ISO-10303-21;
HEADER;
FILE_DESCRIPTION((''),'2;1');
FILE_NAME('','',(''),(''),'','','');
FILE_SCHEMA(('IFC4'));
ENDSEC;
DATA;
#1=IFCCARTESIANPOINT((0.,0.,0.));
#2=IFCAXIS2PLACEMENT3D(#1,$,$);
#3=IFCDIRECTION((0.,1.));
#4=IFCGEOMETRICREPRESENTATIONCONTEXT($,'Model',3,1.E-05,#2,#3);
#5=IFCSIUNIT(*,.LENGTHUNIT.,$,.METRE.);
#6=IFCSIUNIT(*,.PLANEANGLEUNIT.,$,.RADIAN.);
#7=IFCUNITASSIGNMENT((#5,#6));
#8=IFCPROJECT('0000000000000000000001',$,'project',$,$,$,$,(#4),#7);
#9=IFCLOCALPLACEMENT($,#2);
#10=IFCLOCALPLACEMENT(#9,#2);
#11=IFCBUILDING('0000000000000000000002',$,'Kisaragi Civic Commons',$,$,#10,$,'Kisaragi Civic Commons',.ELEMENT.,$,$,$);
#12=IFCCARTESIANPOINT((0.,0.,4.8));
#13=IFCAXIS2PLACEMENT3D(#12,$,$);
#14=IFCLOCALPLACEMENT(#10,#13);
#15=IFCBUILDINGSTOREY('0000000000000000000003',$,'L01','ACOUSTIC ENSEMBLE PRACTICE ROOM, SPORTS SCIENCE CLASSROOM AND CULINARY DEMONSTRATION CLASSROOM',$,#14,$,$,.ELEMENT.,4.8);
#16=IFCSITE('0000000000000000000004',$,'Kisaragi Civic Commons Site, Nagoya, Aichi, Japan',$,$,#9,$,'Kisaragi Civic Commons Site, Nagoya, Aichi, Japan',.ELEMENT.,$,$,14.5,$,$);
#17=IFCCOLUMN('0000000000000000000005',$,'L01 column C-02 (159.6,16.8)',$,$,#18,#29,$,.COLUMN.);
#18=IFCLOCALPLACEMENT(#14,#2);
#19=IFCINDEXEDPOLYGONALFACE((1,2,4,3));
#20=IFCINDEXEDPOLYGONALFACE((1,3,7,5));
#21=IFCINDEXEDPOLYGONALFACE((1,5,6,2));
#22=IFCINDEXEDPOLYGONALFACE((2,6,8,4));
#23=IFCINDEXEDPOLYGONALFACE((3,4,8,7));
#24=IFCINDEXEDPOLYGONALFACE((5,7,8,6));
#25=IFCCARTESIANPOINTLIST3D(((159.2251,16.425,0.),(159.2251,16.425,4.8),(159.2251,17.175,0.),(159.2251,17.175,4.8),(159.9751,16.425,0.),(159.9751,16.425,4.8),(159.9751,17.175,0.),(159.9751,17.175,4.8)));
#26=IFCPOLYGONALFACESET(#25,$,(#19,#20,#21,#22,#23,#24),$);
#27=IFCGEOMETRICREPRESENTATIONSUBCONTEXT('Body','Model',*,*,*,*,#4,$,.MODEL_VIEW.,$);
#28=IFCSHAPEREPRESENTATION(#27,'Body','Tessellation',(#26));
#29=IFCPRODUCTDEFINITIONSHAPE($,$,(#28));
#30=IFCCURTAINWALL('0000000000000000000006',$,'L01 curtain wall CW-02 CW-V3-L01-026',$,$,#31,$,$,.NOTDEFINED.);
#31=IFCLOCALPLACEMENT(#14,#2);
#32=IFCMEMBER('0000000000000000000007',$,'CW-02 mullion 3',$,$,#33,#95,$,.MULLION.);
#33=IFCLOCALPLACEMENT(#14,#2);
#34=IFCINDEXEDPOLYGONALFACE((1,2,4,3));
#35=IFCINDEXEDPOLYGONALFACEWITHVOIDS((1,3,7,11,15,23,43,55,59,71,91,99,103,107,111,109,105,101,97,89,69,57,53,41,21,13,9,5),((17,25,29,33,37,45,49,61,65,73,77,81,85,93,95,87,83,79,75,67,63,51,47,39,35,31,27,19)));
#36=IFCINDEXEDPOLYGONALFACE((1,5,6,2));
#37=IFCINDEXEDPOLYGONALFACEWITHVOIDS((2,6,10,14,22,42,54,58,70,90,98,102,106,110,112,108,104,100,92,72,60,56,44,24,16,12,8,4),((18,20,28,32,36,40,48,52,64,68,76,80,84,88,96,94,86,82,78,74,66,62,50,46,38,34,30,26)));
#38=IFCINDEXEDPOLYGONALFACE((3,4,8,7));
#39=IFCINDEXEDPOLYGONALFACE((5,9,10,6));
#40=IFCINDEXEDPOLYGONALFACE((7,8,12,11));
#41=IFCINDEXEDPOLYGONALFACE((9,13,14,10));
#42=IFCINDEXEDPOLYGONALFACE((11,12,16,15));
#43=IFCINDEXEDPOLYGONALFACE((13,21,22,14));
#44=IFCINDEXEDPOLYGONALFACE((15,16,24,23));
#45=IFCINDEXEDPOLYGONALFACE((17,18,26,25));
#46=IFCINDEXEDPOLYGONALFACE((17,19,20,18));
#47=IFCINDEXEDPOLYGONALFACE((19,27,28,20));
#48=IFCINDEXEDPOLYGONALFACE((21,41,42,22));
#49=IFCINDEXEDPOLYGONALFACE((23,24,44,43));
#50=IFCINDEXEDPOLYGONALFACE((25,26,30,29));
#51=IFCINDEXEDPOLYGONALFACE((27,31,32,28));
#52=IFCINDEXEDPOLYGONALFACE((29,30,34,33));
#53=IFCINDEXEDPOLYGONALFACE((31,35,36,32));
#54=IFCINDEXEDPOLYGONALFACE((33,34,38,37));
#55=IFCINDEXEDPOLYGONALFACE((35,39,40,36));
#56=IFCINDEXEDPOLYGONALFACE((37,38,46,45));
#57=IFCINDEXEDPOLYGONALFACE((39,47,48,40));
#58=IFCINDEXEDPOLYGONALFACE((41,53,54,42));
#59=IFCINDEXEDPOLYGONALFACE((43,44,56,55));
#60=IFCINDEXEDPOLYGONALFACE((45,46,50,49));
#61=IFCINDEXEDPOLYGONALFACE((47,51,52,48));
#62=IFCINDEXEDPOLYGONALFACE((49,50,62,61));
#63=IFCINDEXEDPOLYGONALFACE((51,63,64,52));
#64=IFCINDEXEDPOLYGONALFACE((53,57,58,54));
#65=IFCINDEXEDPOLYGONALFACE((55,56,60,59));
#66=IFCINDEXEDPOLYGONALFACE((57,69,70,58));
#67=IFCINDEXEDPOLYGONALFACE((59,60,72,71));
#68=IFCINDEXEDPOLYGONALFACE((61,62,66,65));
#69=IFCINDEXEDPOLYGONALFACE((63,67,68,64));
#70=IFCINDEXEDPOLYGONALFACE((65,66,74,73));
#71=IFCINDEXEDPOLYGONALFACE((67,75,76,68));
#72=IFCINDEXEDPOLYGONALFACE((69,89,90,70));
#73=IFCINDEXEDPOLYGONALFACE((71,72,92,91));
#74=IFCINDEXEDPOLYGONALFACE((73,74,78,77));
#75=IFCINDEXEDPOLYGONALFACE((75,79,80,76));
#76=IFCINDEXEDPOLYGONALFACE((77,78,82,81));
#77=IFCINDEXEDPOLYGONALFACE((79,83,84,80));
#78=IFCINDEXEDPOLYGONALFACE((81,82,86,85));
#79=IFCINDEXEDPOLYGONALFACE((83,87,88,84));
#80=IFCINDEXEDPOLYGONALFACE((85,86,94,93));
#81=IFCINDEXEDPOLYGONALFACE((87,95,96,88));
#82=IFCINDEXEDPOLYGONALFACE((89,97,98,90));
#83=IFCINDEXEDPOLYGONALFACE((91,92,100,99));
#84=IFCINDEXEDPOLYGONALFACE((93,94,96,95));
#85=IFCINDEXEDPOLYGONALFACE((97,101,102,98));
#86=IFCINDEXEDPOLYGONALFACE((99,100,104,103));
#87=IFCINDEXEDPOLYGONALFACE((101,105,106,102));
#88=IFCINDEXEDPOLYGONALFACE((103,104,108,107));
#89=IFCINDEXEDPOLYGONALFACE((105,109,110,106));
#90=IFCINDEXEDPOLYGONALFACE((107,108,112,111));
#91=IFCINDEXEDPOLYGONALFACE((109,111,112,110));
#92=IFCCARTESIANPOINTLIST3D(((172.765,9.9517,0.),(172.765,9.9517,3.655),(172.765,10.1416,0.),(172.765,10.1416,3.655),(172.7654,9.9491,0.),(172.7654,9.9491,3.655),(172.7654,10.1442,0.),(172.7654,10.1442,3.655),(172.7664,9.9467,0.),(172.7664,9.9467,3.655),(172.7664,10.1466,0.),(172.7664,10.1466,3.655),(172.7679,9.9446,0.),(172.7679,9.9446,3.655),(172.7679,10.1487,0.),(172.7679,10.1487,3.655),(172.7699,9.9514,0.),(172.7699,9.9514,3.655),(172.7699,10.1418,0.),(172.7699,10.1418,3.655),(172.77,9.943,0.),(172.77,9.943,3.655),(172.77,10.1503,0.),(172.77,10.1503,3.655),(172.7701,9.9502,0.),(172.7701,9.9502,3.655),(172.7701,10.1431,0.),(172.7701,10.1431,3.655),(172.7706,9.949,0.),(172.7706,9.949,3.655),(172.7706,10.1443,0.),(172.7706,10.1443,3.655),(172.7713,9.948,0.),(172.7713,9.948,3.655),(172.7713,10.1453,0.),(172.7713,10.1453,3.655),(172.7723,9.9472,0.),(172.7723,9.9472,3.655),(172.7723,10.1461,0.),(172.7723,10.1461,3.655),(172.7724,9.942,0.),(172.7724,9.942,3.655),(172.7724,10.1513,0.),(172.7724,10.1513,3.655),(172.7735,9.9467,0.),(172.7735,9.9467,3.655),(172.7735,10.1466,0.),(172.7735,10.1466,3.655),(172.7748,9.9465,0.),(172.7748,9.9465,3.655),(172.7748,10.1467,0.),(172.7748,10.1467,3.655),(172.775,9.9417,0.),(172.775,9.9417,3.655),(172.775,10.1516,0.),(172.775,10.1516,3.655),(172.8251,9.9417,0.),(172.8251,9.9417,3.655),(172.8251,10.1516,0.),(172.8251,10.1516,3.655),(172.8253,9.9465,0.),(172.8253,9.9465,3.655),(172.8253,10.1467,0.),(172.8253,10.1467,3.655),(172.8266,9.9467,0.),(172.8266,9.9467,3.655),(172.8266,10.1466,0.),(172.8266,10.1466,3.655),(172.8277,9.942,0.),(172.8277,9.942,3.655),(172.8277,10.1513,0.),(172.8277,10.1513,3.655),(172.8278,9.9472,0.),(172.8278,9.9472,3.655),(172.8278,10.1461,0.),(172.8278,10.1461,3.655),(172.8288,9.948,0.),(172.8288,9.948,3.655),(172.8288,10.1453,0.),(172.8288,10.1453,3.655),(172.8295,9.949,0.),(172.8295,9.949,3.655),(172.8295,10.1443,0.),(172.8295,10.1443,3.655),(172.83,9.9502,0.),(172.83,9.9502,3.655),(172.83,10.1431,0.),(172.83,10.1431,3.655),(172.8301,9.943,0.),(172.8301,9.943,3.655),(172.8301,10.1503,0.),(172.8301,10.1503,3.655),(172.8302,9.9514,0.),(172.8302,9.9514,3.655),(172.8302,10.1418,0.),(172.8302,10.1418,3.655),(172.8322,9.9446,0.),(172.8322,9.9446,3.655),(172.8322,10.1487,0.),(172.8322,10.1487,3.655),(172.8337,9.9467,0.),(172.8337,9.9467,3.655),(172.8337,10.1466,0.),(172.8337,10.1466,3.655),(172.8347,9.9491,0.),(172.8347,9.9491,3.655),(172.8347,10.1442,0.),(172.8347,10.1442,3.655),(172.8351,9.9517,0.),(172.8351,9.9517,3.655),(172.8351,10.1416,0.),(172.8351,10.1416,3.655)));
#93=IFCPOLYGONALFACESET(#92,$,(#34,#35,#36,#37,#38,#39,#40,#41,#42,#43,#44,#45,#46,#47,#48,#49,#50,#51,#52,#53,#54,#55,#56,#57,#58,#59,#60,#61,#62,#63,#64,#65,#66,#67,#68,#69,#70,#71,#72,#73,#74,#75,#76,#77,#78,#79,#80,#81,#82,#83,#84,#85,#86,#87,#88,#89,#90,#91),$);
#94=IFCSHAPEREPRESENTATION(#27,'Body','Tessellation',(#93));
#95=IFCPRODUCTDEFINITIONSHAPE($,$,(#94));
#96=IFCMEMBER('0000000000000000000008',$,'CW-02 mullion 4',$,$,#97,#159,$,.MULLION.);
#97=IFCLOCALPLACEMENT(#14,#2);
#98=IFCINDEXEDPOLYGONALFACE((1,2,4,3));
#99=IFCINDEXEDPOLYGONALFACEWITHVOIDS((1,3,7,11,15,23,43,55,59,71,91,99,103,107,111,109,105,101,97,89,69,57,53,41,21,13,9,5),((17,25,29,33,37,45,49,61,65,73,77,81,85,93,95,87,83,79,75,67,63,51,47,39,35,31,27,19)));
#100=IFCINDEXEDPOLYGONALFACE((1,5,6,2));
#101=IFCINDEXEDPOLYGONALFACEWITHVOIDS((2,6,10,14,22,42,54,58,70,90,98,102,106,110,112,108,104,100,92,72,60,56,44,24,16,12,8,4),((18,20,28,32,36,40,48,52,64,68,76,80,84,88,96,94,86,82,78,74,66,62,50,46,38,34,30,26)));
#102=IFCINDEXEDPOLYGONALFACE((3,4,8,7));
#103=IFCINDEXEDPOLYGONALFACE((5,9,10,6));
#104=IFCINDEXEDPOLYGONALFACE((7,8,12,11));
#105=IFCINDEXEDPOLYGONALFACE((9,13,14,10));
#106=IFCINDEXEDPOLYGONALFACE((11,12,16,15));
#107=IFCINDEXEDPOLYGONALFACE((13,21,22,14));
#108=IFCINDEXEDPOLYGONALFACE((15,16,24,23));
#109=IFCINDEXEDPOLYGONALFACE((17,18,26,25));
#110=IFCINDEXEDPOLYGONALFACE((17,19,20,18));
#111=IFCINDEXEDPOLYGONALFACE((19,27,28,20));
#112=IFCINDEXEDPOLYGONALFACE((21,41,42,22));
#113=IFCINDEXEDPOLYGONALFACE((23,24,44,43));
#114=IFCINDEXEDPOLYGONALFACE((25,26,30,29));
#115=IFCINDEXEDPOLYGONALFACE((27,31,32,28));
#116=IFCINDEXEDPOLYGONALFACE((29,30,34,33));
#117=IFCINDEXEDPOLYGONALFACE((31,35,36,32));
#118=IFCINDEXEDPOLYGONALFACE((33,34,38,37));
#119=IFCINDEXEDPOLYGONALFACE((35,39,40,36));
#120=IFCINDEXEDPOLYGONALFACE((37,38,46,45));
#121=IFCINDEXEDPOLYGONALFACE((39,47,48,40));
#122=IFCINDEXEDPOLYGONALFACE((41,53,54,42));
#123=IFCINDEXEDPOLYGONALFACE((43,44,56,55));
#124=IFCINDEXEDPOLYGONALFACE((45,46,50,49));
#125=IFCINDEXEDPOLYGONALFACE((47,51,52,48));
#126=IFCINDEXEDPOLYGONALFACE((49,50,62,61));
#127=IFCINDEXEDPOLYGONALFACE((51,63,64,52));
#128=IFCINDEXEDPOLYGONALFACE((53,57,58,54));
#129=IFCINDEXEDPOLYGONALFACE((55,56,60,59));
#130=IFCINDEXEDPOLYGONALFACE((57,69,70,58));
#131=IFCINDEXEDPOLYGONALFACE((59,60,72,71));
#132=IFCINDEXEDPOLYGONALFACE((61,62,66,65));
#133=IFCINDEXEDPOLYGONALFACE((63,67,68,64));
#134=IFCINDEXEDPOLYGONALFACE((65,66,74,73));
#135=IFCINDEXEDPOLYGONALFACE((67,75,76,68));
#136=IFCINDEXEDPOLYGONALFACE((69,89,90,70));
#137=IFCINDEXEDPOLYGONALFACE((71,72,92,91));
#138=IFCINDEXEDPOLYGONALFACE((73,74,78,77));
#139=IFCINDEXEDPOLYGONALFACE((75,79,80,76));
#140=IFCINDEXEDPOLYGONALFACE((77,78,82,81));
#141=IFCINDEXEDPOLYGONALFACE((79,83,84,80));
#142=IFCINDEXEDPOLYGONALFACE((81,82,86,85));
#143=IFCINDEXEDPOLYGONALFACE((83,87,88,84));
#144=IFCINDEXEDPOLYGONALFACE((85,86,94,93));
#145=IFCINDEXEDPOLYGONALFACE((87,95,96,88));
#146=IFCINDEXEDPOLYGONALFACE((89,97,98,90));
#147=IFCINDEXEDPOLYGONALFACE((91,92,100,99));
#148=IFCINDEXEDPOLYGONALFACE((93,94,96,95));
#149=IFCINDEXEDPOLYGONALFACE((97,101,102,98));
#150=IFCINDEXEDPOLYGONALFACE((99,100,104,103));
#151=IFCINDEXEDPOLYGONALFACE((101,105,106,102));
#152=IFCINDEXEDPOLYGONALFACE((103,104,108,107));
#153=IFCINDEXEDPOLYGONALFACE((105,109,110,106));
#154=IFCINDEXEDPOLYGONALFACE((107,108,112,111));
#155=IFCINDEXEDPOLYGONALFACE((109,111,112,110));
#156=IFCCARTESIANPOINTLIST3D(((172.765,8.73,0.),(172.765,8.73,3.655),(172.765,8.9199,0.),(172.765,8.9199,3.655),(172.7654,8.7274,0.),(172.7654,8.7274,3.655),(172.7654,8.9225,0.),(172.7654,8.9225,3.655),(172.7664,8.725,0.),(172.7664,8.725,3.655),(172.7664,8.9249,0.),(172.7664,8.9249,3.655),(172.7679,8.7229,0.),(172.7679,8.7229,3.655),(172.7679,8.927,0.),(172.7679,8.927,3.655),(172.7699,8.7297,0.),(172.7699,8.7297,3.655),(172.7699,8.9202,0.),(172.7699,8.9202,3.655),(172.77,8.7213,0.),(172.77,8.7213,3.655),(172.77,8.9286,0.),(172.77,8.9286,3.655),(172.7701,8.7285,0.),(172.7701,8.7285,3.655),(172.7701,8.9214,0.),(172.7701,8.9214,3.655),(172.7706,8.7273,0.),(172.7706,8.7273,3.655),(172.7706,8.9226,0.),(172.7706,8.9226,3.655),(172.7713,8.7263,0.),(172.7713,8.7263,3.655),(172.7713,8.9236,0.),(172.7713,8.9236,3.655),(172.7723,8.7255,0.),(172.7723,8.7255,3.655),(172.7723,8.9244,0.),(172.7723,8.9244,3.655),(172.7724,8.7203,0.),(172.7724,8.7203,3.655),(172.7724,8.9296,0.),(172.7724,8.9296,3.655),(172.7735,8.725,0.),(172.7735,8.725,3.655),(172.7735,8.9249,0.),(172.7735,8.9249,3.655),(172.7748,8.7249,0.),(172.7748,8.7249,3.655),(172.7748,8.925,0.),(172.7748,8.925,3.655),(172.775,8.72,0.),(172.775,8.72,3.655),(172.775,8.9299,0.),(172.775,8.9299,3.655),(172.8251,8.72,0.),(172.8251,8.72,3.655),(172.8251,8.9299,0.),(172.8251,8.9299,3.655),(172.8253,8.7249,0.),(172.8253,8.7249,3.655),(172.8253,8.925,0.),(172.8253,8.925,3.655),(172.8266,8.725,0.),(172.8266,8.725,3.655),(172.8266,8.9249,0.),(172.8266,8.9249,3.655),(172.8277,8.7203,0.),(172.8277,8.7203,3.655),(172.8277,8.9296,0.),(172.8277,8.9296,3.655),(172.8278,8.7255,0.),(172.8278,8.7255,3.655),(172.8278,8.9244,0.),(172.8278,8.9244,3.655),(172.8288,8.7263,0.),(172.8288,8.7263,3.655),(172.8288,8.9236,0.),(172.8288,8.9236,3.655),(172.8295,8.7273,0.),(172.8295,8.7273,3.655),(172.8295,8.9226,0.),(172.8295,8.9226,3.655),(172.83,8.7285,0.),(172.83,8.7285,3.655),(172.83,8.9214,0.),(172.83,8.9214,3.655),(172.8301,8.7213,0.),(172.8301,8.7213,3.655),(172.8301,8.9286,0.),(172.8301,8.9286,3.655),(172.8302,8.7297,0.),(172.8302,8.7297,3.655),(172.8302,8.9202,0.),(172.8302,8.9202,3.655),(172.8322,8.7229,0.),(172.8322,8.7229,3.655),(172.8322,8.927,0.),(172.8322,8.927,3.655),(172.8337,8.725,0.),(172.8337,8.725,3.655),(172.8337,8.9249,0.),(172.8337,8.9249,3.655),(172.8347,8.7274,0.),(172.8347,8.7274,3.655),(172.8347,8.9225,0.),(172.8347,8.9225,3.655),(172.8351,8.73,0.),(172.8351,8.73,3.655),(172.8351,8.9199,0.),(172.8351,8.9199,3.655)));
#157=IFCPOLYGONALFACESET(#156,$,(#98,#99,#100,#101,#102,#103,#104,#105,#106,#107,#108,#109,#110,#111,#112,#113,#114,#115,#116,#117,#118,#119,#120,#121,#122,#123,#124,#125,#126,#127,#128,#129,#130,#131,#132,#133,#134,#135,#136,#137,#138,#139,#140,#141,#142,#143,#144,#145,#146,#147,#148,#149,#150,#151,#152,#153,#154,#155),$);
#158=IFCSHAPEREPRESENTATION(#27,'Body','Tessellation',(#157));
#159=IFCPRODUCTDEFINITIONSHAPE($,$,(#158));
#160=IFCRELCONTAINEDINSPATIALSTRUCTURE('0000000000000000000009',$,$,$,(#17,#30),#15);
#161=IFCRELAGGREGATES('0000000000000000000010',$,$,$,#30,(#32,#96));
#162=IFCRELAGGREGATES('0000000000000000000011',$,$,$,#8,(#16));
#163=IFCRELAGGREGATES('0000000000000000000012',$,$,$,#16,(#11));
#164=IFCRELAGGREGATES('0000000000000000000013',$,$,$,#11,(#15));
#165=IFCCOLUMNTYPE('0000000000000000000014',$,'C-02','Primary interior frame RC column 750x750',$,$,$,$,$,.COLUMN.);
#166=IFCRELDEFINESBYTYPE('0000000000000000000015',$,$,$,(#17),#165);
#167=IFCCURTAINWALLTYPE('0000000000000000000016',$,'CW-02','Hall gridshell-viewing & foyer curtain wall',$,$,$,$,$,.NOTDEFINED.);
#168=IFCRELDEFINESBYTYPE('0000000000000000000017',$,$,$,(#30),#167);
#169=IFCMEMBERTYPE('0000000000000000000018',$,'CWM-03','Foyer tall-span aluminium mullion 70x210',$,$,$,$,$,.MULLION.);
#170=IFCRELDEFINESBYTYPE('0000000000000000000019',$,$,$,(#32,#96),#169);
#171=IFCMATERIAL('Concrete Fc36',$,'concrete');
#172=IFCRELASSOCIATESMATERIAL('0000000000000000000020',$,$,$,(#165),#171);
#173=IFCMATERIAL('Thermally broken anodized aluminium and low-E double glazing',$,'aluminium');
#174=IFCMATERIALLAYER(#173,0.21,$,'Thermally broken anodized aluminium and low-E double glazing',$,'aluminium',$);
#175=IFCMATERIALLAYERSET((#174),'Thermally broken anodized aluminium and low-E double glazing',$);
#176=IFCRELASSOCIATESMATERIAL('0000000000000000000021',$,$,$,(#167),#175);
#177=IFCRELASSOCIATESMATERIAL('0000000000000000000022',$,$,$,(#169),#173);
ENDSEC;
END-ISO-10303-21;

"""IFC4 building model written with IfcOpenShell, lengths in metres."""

from ifc_helpers import new_model, si_unit, direction, frame, origin, origin_2d, place, context, subcontext, project, spatial, rectangle, hollow_rectangle, extrude, material, layer, layer_set, material_profile, profile_set, type_object, element, aggregate, save


model = new_model("IFC4")

# Units and contexts
model_context = context("Model", 3, precision=1e-05, world=origin(), true_north=direction((0.0, 1.0)))
body_context = subcontext(model_context, "Body", "Model", "MODEL_VIEW")
ifc_project = project(units=[si_unit("LENGTHUNIT", "METRE"), si_unit("PLANEANGLEUNIT", "RADIAN")], contexts=[model_context])

# Site, building, storey
site_placement = place(None, origin())
site = spatial("IfcSite", under=ifc_project, at=site_placement, Name="Kisaragi Civic Commons Site, Nagoya, Aichi, Japan", LongName="Kisaragi Civic Commons Site, Nagoya, Aichi, Japan", CompositionType="ELEMENT", RefElevation=14.5)
building_placement = place(site_placement, origin())
building = spatial("IfcBuilding", under=site, at=building_placement, Name="Kisaragi Civic Commons", LongName="Kisaragi Civic Commons", CompositionType="ELEMENT")
storey_placement = place(building_placement, frame((0.0, 0.0, 4.8)))
storey = spatial("IfcBuildingStorey", under=building, at=storey_placement, Name="L01", Description="ACOUSTIC ENSEMBLE PRACTICE ROOM, SPORTS SCIENCE CLASSROOM AND CULINARY DEMONSTRATION CLASSROOM", CompositionType="ELEMENT", Elevation=4.8)

# Column
ifc_material_1 = material(Name="Concrete Fc36", Category="concrete")
ifc_material_profile_1 = material_profile(ifc_material_1, rectangle(XDim=0.75, YDim=0.75, at=origin_2d()), Name="RC-750x750", Category="concrete")
ifc_profile_set_1 = profile_set([ifc_material_profile_1], Name="Concrete Fc36")
column_type = type_object("IfcColumnType", Name="C-02", Description="Primary interior frame RC column 750x750", PredefinedType="COLUMN", material=ifc_profile_set_1)
column_placement = place(storey_placement, frame((159.6001, 16.8, 0.0), z_axis=(0.0, 0.0, 1.0), x_axis=(1.0, 0.0, 0.0)))
element("IfcColumn", 1, at=column_placement, inside=storey, type_object=column_type, Name="L01 column C-02 (159.6,16.8)", PredefinedType="COLUMN", context=body_context, shape_type="SweptSolid", body=[
    extrude(rectangle(XDim=0.75, YDim=0.75, at=origin_2d()), origin(), (0.0, 0.0, 1.0), 4.8),
])

# Curtain wall, members
ifc_material_2 = material(Name="Thermally broken anodized aluminium and low-E double glazing", Category="aluminium")
ifc_layer_1 = layer(ifc_material_2, 0.21, Name="Thermally broken anodized aluminium and low-E double glazing", Category="aluminium")
ifc_layer_set_1 = layer_set([ifc_layer_1], Name="Thermally broken anodized aluminium and low-E double glazing")
curtain_wall_type = type_object("IfcCurtainWallType", Name="CW-02", Description="Hall gridshell-viewing & foyer curtain wall", PredefinedType="NOTDEFINED", material=ifc_layer_set_1)
curtain_wall_placement = place(storey_placement, origin())
curtain_wall = element("IfcCurtainWall", 2, at=curtain_wall_placement, inside=storey, type_object=curtain_wall_type, Name="L01 curtain wall CW-02 CW-V3-L01-026", PredefinedType="NOTDEFINED")
ifc_material_profile_2 = material_profile(ifc_material_2, hollow_rectangle(XDim=0.0701, YDim=0.21, WallThickness=0.0049, InnerFilletRadius=0.0049, OuterFilletRadius=0.01, at=origin_2d()), Name="CWM-70x210x5", Category="aluminium")
ifc_profile_set_2 = profile_set([ifc_material_profile_2], Name="Thermally broken anodized aluminium and low-E double glazing")
member_type_1 = type_object("IfcMemberType", Name="CWM-03", Description="Foyer tall-span aluminium mullion 70x210", PredefinedType="MULLION", material=ifc_profile_set_2)
member_1_placement = place(storey_placement, frame((172.8, 10.0466, 0.0), z_axis=(0.0, 0.0, 1.0), x_axis=(1.0, 0.0, 0.0)))
member_1 = element("IfcMember", 3, at=member_1_placement, type_object=member_type_1, Name="CW-02 mullion 3", PredefinedType="MULLION", context=body_context, shape_type="SweptSolid", body=[
    extrude(hollow_rectangle(XDim=0.0701, YDim=0.21, WallThickness=0.0049, InnerFilletRadius=0.0049, OuterFilletRadius=0.01, at=origin_2d()), origin(), (0.0, 0.0, 1.0), 3.655),
])
member_2_placement = place(storey_placement, frame((172.8, 8.825, 0.0), z_axis=(0.0, 0.0, 1.0), x_axis=(1.0, 0.0, 0.0)))
member_2 = element("IfcMember", 4, at=member_2_placement, type_object=member_type_1, Name="CW-02 mullion 4", PredefinedType="MULLION", context=body_context, shape_type="SweptSolid", body=[
    extrude(hollow_rectangle(XDim=0.0701, YDim=0.21, WallThickness=0.0049, InnerFilletRadius=0.0049, OuterFilletRadius=0.01, at=origin_2d()), origin(), (0.0, 0.0, 1.0), 3.655),
])

aggregate(curtain_wall, [member_1, member_2])

save(model, "model.ifc")
